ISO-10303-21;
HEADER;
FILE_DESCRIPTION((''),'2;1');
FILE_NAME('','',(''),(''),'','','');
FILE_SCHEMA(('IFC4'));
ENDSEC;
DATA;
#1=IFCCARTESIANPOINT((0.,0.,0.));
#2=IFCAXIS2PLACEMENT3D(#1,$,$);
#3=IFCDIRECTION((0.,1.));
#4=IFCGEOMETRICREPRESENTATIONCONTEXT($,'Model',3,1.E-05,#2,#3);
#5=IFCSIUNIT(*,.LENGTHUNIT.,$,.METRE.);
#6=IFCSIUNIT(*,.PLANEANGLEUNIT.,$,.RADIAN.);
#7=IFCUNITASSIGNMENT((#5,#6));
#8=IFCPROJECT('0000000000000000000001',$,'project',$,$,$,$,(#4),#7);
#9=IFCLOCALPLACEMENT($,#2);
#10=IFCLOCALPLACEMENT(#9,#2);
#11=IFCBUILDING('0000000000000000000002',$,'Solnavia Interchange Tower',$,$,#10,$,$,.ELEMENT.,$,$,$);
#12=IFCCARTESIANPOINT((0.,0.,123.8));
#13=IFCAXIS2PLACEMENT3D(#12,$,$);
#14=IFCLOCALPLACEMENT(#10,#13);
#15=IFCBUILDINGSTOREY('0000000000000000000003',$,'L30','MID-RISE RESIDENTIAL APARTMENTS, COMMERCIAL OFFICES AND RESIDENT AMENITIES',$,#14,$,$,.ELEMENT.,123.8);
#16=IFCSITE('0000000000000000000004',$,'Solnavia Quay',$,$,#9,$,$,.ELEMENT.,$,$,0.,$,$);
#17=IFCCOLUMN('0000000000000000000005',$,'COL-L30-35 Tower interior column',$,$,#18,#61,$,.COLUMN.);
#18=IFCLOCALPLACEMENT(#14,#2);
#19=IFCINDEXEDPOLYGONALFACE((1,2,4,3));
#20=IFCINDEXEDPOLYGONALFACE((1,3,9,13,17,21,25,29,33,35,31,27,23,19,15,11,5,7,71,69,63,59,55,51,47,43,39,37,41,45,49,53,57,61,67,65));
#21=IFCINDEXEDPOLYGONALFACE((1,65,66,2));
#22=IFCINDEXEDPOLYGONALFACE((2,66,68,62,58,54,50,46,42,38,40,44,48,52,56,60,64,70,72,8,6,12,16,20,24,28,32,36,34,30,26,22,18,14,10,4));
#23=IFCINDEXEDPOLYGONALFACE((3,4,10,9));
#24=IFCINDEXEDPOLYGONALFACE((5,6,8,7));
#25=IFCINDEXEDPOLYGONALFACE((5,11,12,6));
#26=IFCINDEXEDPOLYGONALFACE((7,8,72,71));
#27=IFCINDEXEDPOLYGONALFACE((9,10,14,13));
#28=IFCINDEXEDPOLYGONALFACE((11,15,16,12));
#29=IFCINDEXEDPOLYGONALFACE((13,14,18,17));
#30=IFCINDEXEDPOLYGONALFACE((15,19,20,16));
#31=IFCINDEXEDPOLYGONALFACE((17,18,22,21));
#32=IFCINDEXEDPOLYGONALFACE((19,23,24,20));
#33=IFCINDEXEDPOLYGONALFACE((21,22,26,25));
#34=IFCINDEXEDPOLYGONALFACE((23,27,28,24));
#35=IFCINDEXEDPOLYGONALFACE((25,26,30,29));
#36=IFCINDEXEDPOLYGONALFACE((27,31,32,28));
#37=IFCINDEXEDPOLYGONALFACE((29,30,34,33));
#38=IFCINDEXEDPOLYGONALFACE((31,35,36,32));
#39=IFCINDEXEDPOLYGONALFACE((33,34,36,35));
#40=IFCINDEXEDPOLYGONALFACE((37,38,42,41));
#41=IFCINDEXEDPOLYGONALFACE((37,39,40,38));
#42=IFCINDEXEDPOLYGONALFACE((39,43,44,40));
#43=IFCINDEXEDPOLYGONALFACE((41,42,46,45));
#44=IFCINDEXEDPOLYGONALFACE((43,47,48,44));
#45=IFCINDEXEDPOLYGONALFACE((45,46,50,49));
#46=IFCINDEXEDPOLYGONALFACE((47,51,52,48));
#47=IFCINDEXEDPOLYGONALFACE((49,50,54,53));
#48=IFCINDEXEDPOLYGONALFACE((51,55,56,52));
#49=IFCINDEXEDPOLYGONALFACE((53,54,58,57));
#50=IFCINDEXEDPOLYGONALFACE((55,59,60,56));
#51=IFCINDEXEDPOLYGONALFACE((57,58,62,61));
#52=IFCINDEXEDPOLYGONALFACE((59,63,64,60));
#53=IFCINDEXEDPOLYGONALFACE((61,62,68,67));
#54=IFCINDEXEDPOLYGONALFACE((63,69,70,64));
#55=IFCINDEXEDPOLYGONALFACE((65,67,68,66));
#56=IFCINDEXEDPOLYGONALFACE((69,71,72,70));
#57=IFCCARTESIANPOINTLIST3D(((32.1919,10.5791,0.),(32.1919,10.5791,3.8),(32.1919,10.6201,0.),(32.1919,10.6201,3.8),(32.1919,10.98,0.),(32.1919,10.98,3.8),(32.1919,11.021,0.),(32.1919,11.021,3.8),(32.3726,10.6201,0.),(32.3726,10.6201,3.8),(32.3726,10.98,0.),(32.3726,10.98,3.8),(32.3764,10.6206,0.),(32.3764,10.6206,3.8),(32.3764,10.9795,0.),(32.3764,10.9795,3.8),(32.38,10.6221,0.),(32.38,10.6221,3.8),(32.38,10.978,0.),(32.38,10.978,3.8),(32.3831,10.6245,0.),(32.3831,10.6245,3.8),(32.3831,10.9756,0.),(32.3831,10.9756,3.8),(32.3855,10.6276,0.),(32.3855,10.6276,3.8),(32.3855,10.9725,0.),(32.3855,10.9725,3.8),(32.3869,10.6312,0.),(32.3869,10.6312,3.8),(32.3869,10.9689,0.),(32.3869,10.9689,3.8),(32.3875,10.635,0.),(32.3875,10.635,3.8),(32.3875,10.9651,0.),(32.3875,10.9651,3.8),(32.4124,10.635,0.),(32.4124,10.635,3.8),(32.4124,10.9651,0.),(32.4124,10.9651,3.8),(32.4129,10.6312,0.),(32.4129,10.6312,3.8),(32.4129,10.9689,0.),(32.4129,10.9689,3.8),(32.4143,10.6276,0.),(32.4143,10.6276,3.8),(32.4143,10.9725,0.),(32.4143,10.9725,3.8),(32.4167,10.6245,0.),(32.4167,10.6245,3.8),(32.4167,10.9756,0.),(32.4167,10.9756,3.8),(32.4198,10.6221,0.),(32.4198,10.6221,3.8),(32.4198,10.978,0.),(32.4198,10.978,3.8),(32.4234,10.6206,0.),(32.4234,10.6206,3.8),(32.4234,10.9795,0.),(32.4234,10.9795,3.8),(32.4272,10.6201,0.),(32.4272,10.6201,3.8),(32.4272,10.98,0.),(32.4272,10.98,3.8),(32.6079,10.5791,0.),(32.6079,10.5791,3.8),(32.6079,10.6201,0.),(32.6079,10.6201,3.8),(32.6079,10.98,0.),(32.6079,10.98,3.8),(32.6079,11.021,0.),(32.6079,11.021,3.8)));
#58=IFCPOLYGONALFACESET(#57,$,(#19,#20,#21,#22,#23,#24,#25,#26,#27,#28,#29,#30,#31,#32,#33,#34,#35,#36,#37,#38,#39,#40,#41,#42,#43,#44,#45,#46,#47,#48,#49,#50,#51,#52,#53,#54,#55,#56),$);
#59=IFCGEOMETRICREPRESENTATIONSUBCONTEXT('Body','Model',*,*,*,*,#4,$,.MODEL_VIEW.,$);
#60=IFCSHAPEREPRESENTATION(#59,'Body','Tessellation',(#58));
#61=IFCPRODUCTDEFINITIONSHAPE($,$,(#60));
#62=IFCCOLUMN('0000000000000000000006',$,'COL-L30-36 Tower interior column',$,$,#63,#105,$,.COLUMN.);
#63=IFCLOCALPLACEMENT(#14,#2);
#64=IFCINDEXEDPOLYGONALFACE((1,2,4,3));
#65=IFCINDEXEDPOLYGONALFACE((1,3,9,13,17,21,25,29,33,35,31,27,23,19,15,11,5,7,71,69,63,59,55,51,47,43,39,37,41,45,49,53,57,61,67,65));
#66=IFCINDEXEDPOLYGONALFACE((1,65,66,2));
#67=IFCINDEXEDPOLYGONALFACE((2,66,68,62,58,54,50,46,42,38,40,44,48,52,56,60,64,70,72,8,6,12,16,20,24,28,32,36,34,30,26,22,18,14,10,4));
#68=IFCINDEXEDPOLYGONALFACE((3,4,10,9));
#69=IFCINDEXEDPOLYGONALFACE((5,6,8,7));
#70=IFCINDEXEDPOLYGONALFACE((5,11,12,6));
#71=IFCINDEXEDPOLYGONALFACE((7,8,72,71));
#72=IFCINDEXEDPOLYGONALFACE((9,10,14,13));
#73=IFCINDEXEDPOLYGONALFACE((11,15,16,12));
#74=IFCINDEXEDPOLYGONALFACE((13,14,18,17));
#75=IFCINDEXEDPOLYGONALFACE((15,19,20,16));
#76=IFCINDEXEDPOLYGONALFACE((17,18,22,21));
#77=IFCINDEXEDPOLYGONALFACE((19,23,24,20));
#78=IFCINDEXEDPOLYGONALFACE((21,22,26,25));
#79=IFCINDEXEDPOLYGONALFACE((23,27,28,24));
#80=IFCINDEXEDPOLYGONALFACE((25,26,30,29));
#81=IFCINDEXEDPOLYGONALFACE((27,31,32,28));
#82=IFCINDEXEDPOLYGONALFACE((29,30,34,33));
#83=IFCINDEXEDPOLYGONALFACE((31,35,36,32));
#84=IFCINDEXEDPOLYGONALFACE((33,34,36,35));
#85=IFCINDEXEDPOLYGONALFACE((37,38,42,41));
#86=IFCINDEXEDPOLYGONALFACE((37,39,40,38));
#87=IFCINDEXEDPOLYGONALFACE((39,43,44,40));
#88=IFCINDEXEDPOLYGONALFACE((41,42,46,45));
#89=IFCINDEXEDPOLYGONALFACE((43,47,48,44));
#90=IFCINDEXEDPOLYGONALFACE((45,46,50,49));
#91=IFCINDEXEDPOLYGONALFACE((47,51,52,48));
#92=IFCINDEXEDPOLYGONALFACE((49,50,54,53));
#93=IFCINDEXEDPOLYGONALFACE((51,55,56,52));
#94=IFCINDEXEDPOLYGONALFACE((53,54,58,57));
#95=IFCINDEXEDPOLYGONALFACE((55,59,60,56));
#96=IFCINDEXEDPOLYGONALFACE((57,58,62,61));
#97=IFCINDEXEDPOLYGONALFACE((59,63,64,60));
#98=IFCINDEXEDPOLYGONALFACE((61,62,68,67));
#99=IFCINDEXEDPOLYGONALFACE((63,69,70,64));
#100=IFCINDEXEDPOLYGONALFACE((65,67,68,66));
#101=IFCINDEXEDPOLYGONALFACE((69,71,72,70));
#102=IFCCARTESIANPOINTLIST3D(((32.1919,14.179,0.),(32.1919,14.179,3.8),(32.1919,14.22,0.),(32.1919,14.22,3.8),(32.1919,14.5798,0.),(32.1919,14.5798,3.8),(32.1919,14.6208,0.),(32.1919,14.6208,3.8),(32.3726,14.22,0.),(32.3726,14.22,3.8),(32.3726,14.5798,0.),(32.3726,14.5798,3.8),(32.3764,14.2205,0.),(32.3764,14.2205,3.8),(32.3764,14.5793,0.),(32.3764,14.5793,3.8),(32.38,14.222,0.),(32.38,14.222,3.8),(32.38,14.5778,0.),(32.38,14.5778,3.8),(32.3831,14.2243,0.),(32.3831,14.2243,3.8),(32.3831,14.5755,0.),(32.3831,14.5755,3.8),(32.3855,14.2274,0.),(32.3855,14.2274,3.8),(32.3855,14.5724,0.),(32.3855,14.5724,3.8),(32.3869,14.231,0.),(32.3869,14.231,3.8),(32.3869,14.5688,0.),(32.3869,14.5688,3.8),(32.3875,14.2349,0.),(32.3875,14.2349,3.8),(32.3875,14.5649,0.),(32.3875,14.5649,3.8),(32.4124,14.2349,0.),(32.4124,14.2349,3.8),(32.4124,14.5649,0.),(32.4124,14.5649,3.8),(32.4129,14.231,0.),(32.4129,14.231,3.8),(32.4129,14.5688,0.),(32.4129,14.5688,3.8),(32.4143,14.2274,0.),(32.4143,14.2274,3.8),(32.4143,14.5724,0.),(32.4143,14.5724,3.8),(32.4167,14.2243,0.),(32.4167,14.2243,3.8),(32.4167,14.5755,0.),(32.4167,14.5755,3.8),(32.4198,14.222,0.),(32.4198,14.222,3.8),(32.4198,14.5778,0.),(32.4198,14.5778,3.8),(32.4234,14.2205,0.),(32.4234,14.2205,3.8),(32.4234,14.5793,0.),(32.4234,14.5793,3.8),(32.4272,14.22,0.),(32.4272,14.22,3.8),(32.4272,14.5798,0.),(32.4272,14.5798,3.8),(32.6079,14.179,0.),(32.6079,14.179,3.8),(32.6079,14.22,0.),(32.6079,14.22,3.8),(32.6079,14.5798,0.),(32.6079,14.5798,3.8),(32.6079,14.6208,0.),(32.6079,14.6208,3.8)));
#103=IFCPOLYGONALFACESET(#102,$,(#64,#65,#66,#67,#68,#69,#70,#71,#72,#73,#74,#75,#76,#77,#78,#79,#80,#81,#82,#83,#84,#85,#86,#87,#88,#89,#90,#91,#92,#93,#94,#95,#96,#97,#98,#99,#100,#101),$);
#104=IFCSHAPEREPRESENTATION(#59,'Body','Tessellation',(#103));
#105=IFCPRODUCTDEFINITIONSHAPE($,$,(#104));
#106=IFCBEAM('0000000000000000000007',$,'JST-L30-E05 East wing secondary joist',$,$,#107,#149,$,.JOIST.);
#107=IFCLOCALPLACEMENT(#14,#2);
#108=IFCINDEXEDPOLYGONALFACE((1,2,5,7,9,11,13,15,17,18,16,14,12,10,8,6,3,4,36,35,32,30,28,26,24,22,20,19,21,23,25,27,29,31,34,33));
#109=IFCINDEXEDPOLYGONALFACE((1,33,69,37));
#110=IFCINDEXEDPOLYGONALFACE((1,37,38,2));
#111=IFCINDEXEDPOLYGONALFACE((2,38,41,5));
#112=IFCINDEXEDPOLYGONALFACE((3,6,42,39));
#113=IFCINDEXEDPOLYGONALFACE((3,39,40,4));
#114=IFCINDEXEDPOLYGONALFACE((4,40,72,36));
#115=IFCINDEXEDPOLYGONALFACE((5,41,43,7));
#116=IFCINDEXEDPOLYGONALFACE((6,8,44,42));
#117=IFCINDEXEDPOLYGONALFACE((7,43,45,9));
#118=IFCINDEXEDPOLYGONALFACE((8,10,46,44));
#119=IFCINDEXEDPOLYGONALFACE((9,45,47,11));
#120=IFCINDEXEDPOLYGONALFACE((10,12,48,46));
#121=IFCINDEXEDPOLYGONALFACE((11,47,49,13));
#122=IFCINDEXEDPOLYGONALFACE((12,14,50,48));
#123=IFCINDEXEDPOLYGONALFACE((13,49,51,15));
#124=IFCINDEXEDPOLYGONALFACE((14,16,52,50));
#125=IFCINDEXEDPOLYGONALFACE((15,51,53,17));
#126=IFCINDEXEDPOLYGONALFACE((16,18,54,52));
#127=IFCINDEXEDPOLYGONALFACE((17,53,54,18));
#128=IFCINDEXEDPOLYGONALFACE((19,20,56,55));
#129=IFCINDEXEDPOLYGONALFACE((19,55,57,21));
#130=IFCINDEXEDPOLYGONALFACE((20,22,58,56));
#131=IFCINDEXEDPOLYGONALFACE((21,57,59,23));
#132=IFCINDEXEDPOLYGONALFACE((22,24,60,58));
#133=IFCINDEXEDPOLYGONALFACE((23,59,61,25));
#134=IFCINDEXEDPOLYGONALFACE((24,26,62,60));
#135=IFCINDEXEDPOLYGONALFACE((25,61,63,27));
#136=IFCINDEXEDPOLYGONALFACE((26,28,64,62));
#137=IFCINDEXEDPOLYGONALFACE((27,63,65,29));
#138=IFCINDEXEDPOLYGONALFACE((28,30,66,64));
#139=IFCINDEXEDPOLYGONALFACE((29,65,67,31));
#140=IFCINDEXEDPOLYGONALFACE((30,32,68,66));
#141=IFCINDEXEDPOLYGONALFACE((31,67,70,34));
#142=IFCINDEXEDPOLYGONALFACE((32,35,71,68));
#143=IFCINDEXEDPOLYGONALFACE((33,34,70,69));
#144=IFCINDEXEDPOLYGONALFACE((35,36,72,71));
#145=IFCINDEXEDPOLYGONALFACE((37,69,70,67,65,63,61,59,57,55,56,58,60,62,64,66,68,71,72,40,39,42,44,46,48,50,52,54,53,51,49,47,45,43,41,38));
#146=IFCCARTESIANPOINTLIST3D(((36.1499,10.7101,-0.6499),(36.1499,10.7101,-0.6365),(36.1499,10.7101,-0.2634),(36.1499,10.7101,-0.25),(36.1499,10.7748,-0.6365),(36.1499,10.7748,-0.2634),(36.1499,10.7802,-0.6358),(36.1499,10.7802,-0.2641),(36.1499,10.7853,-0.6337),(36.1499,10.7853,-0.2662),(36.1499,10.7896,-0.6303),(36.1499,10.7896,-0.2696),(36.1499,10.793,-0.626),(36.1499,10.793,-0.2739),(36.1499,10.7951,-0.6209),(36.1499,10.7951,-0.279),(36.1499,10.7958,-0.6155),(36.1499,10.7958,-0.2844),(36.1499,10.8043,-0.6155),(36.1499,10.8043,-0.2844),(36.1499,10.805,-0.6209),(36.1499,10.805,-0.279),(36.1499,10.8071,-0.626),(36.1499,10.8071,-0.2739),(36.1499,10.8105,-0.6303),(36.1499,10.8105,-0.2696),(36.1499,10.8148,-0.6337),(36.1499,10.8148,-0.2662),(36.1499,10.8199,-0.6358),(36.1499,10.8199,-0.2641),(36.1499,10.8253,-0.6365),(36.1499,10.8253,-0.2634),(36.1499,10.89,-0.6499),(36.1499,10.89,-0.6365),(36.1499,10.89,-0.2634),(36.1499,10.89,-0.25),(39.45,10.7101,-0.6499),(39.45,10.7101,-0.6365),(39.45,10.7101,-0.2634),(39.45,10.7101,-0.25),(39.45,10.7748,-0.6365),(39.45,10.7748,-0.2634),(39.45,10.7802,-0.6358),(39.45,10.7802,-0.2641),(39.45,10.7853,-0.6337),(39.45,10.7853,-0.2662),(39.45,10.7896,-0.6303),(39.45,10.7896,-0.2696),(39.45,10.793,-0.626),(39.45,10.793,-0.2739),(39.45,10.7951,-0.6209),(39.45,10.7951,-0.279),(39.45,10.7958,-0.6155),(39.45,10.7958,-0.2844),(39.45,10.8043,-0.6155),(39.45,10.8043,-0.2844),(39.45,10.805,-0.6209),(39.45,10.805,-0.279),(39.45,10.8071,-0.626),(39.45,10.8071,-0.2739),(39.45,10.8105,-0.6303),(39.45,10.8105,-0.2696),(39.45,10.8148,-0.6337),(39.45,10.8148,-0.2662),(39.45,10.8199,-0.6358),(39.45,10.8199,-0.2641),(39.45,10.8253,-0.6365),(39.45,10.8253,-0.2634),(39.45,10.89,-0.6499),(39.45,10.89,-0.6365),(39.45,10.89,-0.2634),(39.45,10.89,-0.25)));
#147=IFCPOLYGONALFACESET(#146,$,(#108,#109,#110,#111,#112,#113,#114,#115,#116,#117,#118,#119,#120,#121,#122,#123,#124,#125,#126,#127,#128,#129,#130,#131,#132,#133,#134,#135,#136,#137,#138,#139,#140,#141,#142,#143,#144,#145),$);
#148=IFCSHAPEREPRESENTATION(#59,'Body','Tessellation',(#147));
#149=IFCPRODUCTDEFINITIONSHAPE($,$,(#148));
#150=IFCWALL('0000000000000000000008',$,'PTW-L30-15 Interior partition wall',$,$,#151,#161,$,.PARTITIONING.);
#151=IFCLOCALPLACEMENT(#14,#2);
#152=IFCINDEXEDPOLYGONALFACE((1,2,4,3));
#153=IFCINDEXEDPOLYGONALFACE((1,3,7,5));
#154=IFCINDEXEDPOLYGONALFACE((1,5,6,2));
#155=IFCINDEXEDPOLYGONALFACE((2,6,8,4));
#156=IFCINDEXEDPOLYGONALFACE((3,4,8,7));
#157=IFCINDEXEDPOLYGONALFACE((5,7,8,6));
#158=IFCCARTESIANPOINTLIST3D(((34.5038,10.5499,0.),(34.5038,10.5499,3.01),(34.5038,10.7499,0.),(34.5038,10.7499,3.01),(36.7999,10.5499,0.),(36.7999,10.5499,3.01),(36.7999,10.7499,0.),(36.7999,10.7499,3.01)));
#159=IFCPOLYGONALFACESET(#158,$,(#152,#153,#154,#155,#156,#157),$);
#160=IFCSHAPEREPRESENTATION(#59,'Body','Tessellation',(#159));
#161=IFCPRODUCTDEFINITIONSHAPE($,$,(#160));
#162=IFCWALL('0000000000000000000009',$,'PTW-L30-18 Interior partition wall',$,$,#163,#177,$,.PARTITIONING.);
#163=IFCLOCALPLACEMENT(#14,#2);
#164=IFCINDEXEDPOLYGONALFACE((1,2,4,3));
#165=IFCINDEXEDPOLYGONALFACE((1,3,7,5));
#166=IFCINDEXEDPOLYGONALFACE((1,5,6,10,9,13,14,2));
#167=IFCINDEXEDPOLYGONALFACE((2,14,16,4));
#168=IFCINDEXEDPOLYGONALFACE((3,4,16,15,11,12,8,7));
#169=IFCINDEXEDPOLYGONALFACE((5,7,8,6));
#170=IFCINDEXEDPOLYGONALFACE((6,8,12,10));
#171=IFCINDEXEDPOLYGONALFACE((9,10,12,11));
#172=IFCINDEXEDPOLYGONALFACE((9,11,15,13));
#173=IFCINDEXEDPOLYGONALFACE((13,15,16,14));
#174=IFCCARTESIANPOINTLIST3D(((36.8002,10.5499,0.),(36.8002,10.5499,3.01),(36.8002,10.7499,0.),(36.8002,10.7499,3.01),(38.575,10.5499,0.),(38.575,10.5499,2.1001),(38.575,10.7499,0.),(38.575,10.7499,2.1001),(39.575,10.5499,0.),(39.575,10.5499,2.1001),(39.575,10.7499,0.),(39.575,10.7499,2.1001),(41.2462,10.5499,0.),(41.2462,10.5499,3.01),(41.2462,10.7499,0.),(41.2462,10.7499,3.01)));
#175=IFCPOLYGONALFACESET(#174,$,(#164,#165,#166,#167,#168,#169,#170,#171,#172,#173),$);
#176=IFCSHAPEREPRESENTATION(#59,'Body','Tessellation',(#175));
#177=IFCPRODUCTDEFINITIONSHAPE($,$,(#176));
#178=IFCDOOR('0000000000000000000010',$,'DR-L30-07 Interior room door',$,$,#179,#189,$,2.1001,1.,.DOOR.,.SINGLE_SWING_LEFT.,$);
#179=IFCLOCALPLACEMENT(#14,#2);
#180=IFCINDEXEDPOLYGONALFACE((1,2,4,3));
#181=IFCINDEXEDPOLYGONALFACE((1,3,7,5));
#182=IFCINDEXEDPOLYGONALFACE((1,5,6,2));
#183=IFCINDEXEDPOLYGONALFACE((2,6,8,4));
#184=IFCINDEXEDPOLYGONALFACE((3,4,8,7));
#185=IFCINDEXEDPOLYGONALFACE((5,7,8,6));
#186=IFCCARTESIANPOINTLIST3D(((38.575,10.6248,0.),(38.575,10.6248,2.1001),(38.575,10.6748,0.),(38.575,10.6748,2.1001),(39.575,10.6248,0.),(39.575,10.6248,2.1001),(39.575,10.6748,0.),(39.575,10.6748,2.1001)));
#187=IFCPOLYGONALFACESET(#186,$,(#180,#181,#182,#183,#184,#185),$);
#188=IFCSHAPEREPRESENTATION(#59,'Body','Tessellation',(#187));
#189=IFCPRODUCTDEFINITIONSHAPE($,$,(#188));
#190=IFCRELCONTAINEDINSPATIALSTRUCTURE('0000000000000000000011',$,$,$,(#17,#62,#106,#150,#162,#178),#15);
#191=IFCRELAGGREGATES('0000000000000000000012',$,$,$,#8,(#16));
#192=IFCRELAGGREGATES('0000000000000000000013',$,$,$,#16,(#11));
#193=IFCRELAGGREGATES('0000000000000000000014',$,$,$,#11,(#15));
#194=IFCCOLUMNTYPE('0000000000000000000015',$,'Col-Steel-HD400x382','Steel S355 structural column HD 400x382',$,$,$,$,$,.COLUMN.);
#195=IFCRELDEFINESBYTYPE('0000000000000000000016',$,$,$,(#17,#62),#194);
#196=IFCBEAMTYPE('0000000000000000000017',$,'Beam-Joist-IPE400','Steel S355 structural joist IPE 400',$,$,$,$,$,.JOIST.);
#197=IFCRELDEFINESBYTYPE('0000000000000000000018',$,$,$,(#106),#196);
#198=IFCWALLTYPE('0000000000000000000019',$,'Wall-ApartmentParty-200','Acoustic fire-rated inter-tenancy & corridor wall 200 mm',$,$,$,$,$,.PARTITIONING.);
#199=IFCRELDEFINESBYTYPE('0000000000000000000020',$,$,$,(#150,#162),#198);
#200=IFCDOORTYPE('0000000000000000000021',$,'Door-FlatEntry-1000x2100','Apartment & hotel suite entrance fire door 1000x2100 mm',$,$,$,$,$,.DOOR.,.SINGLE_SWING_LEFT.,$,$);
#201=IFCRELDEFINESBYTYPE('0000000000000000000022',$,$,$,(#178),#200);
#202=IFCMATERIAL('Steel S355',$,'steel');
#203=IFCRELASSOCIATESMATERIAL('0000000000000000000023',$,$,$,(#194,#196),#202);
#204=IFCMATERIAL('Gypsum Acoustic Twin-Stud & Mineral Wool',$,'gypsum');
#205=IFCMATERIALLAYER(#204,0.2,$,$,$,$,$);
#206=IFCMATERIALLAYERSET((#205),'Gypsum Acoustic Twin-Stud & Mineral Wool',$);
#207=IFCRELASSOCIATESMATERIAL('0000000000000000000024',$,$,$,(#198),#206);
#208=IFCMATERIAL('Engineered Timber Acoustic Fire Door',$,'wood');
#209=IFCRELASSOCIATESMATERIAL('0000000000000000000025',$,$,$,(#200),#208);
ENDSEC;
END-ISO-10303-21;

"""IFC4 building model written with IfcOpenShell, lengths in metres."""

from ifc_helpers import new_model, si_unit, direction, frame, frame_2d, origin, origin_2d, place, context, subcontext, project, spatial, rectangle, i_section, extrude, material, layer, layer_set, material_profile, profile_set, type_object, element, fill, save


model = new_model("IFC4")

# Units and contexts
model_context = context("Model", 3, precision=1e-05, world=origin(), true_north=direction((0.0, 1.0)))
body_context = subcontext(model_context, "Body", "Model", "MODEL_VIEW")
ifc_project = project(units=[si_unit("LENGTHUNIT", "METRE"), si_unit("PLANEANGLEUNIT", "RADIAN")], contexts=[model_context])

# Site, building, storey
site_placement = place(None, origin())
site = spatial("IfcSite", under=ifc_project, at=site_placement, Name="Solnavia Quay", CompositionType="ELEMENT", RefElevation=0.0)
building_placement = place(site_placement, origin())
building = spatial("IfcBuilding", under=site, at=building_placement, Name="Solnavia Interchange Tower", CompositionType="ELEMENT")
storey_placement = place(building_placement, frame((0.0, 0.0, 123.8)))
storey = spatial("IfcBuildingStorey", under=building, at=storey_placement, Name="L30", Description="MID-RISE RESIDENTIAL APARTMENTS, COMMERCIAL OFFICES AND RESIDENT AMENITIES", CompositionType="ELEMENT", Elevation=123.8)

# Columns
ifc_material_1 = material(Name="Steel S355", Category="steel")
ifc_material_profile_1 = material_profile(ifc_material_1, i_section(OverallWidth=0.416, OverallDepth=0.4419, WebThickness=0.0249, FlangeThickness=0.041, FilletRadius=0.0149, at=origin_2d()), Name="HD 400x382")
ifc_profile_set_1 = profile_set([ifc_material_profile_1], Name="Steel S355")
column_type = type_object("IfcColumnType", Name="Col-Steel-HD400x382", Description="Steel S355 structural column HD 400x382", PredefinedType="COLUMN", material=ifc_profile_set_1)
for number, where, z_axis, x_axis, name in (
    (1, (32.3999, 10.8, 0.0), (0.0, 0.0, 1.0), (1.0, 0.0, 0.0), "COL-L30-35 Tower interior column"),
    (2, (32.3999, 14.3999, 0.0), (0.0, 0.0, 1.0), (1.0, 0.0, 0.0), "COL-L30-36 Tower interior column"),
):
    element("IfcColumn", number, at=place(storey_placement, frame(where, z_axis=z_axis, x_axis=x_axis)), inside=storey, type_object=column_type, Name=name, PredefinedType="COLUMN", context=body_context, shape_type="SweptSolid", body=[
        extrude(i_section(OverallWidth=0.416, OverallDepth=0.4419, WebThickness=0.0249, FlangeThickness=0.041, FilletRadius=0.0149, at=origin_2d()), origin(), (0.0, 0.0, 1.0), 3.8),
    ])

# Beam
ifc_material_profile_2 = material_profile(ifc_material_1, i_section(OverallWidth=0.1799, OverallDepth=0.3999, WebThickness=0.0085, FlangeThickness=0.0134, FilletRadius=0.021, at=origin_2d()), Name="IPE 400")
ifc_profile_set_2 = profile_set([ifc_material_profile_2], Name="Steel S355")
beam_type = type_object("IfcBeamType", Name="Beam-Joist-IPE400", Description="Steel S355 structural joist IPE 400", PredefinedType="JOIST", material=ifc_profile_set_2)
beam_placement = place(storey_placement, frame((36.1499, 10.8, -0.45), z_axis=(1.0, 0.0, 0.0), x_axis=(0.0, 1.0, 0.0)))
element("IfcBeam", 3, at=beam_placement, inside=storey, type_object=beam_type, Name="JST-L30-E05 East wing secondary joist", PredefinedType="JOIST", context=body_context, shape_type="SweptSolid", body=[
    extrude(i_section(OverallWidth=0.1799, OverallDepth=0.3999, WebThickness=0.0085, FlangeThickness=0.0134, FilletRadius=0.021, at=origin_2d()), origin(), (0.0, 0.0, 1.0), 3.3),
])

# Wall
ifc_material_2 = material(Name="Gypsum Acoustic Twin-Stud & Mineral Wool", Category="gypsum")
ifc_layer_1 = layer(ifc_material_2, 0.2)
ifc_layer_set_1 = layer_set([ifc_layer_1], Name="Gypsum Acoustic Twin-Stud & Mineral Wool")
wall_type_1 = type_object("IfcWallType", Name="Wall-ApartmentParty-200", Description="Acoustic fire-rated inter-tenancy & corridor wall 200 mm", PredefinedType="PARTITIONING", material=ifc_layer_set_1)
wall_1_placement = place(storey_placement, frame((34.5039, 10.6499, 0.0), z_axis=(0.0, 0.0, 1.0), x_axis=(1.0, 0.0, 0.0)))
element("IfcWall", 4, at=wall_1_placement, inside=storey, type_object=wall_type_1, Name="PTW-L30-15 Interior partition wall", PredefinedType="PARTITIONING", context=body_context, shape_type="SweptSolid", body=[
    extrude(rectangle(XDim=2.2961, YDim=0.2, at=frame_2d((1.1479, 0.0))), origin(), (0.0, 0.0, 1.0), 3.01),
])

# Wall, opening, door
wall_2_placement = place(storey_placement, frame((36.8, 10.6499, 0.0), z_axis=(0.0, 0.0, 1.0), x_axis=(1.0, 0.0, 0.0)))
wall_2 = element("IfcWall", 5, at=wall_2_placement, inside=storey, type_object=wall_type_1, Name="PTW-L30-18 Interior partition wall", PredefinedType="PARTITIONING", context=body_context, shape_type="SweptSolid", body=[
    extrude(rectangle(XDim=4.446, YDim=0.2, at=frame_2d((2.2231, 0.0))), origin(), (0.0, 0.0, 1.0), 3.01),
])
opening_1_placement = place(wall_2_placement, frame((1.7749, 0.0, 0.0)))
opening_1 = element("IfcOpeningElement", 6, at=opening_1_placement, cuts=wall_2, PredefinedType="OPENING", context=body_context, shape_type="SweptSolid", body=[
    extrude(rectangle(XDim=1.0, YDim=2.1001, at=frame_2d((0.5, 1.05))), frame((0.0, 0.1099, 0.0), z_axis=(0.0, -1.0, 0.0), x_axis=(1.0, 0.0, 0.0)), (0.0, 0.0, 1.0), 0.22),
])
ifc_material_3 = material(Name="Engineered Timber Acoustic Fire Door", Category="wood")
door_type_1 = type_object("IfcDoorType", Name="Door-FlatEntry-1000x2100", Description="Apartment & hotel suite entrance fire door 1000x2100 mm", OperationType="SINGLE_SWING_LEFT", PredefinedType="DOOR", material=ifc_material_3)
door_1_placement = place(opening_1_placement, origin())
door_1 = element("IfcDoor", 7, at=door_1_placement, inside=storey, type_object=door_type_1, Name="DR-L30-07 Interior room door", OperationType="SINGLE_SWING_LEFT", OverallHeight=2.1001, OverallWidth=1.0, PredefinedType="DOOR", context=body_context, shape_type="SweptSolid", body=[
    extrude(rectangle(XDim=1.0, YDim=2.1001, at=frame_2d((0.5, 1.05))), frame((0.0, 0.0249, 0.0), z_axis=(0.0, -1.0, 0.0), x_axis=(1.0, 0.0, 0.0)), (0.0, 0.0, 1.0), 0.05),
])
fill(opening_1, door_1)

save(model, "model.ifc")
